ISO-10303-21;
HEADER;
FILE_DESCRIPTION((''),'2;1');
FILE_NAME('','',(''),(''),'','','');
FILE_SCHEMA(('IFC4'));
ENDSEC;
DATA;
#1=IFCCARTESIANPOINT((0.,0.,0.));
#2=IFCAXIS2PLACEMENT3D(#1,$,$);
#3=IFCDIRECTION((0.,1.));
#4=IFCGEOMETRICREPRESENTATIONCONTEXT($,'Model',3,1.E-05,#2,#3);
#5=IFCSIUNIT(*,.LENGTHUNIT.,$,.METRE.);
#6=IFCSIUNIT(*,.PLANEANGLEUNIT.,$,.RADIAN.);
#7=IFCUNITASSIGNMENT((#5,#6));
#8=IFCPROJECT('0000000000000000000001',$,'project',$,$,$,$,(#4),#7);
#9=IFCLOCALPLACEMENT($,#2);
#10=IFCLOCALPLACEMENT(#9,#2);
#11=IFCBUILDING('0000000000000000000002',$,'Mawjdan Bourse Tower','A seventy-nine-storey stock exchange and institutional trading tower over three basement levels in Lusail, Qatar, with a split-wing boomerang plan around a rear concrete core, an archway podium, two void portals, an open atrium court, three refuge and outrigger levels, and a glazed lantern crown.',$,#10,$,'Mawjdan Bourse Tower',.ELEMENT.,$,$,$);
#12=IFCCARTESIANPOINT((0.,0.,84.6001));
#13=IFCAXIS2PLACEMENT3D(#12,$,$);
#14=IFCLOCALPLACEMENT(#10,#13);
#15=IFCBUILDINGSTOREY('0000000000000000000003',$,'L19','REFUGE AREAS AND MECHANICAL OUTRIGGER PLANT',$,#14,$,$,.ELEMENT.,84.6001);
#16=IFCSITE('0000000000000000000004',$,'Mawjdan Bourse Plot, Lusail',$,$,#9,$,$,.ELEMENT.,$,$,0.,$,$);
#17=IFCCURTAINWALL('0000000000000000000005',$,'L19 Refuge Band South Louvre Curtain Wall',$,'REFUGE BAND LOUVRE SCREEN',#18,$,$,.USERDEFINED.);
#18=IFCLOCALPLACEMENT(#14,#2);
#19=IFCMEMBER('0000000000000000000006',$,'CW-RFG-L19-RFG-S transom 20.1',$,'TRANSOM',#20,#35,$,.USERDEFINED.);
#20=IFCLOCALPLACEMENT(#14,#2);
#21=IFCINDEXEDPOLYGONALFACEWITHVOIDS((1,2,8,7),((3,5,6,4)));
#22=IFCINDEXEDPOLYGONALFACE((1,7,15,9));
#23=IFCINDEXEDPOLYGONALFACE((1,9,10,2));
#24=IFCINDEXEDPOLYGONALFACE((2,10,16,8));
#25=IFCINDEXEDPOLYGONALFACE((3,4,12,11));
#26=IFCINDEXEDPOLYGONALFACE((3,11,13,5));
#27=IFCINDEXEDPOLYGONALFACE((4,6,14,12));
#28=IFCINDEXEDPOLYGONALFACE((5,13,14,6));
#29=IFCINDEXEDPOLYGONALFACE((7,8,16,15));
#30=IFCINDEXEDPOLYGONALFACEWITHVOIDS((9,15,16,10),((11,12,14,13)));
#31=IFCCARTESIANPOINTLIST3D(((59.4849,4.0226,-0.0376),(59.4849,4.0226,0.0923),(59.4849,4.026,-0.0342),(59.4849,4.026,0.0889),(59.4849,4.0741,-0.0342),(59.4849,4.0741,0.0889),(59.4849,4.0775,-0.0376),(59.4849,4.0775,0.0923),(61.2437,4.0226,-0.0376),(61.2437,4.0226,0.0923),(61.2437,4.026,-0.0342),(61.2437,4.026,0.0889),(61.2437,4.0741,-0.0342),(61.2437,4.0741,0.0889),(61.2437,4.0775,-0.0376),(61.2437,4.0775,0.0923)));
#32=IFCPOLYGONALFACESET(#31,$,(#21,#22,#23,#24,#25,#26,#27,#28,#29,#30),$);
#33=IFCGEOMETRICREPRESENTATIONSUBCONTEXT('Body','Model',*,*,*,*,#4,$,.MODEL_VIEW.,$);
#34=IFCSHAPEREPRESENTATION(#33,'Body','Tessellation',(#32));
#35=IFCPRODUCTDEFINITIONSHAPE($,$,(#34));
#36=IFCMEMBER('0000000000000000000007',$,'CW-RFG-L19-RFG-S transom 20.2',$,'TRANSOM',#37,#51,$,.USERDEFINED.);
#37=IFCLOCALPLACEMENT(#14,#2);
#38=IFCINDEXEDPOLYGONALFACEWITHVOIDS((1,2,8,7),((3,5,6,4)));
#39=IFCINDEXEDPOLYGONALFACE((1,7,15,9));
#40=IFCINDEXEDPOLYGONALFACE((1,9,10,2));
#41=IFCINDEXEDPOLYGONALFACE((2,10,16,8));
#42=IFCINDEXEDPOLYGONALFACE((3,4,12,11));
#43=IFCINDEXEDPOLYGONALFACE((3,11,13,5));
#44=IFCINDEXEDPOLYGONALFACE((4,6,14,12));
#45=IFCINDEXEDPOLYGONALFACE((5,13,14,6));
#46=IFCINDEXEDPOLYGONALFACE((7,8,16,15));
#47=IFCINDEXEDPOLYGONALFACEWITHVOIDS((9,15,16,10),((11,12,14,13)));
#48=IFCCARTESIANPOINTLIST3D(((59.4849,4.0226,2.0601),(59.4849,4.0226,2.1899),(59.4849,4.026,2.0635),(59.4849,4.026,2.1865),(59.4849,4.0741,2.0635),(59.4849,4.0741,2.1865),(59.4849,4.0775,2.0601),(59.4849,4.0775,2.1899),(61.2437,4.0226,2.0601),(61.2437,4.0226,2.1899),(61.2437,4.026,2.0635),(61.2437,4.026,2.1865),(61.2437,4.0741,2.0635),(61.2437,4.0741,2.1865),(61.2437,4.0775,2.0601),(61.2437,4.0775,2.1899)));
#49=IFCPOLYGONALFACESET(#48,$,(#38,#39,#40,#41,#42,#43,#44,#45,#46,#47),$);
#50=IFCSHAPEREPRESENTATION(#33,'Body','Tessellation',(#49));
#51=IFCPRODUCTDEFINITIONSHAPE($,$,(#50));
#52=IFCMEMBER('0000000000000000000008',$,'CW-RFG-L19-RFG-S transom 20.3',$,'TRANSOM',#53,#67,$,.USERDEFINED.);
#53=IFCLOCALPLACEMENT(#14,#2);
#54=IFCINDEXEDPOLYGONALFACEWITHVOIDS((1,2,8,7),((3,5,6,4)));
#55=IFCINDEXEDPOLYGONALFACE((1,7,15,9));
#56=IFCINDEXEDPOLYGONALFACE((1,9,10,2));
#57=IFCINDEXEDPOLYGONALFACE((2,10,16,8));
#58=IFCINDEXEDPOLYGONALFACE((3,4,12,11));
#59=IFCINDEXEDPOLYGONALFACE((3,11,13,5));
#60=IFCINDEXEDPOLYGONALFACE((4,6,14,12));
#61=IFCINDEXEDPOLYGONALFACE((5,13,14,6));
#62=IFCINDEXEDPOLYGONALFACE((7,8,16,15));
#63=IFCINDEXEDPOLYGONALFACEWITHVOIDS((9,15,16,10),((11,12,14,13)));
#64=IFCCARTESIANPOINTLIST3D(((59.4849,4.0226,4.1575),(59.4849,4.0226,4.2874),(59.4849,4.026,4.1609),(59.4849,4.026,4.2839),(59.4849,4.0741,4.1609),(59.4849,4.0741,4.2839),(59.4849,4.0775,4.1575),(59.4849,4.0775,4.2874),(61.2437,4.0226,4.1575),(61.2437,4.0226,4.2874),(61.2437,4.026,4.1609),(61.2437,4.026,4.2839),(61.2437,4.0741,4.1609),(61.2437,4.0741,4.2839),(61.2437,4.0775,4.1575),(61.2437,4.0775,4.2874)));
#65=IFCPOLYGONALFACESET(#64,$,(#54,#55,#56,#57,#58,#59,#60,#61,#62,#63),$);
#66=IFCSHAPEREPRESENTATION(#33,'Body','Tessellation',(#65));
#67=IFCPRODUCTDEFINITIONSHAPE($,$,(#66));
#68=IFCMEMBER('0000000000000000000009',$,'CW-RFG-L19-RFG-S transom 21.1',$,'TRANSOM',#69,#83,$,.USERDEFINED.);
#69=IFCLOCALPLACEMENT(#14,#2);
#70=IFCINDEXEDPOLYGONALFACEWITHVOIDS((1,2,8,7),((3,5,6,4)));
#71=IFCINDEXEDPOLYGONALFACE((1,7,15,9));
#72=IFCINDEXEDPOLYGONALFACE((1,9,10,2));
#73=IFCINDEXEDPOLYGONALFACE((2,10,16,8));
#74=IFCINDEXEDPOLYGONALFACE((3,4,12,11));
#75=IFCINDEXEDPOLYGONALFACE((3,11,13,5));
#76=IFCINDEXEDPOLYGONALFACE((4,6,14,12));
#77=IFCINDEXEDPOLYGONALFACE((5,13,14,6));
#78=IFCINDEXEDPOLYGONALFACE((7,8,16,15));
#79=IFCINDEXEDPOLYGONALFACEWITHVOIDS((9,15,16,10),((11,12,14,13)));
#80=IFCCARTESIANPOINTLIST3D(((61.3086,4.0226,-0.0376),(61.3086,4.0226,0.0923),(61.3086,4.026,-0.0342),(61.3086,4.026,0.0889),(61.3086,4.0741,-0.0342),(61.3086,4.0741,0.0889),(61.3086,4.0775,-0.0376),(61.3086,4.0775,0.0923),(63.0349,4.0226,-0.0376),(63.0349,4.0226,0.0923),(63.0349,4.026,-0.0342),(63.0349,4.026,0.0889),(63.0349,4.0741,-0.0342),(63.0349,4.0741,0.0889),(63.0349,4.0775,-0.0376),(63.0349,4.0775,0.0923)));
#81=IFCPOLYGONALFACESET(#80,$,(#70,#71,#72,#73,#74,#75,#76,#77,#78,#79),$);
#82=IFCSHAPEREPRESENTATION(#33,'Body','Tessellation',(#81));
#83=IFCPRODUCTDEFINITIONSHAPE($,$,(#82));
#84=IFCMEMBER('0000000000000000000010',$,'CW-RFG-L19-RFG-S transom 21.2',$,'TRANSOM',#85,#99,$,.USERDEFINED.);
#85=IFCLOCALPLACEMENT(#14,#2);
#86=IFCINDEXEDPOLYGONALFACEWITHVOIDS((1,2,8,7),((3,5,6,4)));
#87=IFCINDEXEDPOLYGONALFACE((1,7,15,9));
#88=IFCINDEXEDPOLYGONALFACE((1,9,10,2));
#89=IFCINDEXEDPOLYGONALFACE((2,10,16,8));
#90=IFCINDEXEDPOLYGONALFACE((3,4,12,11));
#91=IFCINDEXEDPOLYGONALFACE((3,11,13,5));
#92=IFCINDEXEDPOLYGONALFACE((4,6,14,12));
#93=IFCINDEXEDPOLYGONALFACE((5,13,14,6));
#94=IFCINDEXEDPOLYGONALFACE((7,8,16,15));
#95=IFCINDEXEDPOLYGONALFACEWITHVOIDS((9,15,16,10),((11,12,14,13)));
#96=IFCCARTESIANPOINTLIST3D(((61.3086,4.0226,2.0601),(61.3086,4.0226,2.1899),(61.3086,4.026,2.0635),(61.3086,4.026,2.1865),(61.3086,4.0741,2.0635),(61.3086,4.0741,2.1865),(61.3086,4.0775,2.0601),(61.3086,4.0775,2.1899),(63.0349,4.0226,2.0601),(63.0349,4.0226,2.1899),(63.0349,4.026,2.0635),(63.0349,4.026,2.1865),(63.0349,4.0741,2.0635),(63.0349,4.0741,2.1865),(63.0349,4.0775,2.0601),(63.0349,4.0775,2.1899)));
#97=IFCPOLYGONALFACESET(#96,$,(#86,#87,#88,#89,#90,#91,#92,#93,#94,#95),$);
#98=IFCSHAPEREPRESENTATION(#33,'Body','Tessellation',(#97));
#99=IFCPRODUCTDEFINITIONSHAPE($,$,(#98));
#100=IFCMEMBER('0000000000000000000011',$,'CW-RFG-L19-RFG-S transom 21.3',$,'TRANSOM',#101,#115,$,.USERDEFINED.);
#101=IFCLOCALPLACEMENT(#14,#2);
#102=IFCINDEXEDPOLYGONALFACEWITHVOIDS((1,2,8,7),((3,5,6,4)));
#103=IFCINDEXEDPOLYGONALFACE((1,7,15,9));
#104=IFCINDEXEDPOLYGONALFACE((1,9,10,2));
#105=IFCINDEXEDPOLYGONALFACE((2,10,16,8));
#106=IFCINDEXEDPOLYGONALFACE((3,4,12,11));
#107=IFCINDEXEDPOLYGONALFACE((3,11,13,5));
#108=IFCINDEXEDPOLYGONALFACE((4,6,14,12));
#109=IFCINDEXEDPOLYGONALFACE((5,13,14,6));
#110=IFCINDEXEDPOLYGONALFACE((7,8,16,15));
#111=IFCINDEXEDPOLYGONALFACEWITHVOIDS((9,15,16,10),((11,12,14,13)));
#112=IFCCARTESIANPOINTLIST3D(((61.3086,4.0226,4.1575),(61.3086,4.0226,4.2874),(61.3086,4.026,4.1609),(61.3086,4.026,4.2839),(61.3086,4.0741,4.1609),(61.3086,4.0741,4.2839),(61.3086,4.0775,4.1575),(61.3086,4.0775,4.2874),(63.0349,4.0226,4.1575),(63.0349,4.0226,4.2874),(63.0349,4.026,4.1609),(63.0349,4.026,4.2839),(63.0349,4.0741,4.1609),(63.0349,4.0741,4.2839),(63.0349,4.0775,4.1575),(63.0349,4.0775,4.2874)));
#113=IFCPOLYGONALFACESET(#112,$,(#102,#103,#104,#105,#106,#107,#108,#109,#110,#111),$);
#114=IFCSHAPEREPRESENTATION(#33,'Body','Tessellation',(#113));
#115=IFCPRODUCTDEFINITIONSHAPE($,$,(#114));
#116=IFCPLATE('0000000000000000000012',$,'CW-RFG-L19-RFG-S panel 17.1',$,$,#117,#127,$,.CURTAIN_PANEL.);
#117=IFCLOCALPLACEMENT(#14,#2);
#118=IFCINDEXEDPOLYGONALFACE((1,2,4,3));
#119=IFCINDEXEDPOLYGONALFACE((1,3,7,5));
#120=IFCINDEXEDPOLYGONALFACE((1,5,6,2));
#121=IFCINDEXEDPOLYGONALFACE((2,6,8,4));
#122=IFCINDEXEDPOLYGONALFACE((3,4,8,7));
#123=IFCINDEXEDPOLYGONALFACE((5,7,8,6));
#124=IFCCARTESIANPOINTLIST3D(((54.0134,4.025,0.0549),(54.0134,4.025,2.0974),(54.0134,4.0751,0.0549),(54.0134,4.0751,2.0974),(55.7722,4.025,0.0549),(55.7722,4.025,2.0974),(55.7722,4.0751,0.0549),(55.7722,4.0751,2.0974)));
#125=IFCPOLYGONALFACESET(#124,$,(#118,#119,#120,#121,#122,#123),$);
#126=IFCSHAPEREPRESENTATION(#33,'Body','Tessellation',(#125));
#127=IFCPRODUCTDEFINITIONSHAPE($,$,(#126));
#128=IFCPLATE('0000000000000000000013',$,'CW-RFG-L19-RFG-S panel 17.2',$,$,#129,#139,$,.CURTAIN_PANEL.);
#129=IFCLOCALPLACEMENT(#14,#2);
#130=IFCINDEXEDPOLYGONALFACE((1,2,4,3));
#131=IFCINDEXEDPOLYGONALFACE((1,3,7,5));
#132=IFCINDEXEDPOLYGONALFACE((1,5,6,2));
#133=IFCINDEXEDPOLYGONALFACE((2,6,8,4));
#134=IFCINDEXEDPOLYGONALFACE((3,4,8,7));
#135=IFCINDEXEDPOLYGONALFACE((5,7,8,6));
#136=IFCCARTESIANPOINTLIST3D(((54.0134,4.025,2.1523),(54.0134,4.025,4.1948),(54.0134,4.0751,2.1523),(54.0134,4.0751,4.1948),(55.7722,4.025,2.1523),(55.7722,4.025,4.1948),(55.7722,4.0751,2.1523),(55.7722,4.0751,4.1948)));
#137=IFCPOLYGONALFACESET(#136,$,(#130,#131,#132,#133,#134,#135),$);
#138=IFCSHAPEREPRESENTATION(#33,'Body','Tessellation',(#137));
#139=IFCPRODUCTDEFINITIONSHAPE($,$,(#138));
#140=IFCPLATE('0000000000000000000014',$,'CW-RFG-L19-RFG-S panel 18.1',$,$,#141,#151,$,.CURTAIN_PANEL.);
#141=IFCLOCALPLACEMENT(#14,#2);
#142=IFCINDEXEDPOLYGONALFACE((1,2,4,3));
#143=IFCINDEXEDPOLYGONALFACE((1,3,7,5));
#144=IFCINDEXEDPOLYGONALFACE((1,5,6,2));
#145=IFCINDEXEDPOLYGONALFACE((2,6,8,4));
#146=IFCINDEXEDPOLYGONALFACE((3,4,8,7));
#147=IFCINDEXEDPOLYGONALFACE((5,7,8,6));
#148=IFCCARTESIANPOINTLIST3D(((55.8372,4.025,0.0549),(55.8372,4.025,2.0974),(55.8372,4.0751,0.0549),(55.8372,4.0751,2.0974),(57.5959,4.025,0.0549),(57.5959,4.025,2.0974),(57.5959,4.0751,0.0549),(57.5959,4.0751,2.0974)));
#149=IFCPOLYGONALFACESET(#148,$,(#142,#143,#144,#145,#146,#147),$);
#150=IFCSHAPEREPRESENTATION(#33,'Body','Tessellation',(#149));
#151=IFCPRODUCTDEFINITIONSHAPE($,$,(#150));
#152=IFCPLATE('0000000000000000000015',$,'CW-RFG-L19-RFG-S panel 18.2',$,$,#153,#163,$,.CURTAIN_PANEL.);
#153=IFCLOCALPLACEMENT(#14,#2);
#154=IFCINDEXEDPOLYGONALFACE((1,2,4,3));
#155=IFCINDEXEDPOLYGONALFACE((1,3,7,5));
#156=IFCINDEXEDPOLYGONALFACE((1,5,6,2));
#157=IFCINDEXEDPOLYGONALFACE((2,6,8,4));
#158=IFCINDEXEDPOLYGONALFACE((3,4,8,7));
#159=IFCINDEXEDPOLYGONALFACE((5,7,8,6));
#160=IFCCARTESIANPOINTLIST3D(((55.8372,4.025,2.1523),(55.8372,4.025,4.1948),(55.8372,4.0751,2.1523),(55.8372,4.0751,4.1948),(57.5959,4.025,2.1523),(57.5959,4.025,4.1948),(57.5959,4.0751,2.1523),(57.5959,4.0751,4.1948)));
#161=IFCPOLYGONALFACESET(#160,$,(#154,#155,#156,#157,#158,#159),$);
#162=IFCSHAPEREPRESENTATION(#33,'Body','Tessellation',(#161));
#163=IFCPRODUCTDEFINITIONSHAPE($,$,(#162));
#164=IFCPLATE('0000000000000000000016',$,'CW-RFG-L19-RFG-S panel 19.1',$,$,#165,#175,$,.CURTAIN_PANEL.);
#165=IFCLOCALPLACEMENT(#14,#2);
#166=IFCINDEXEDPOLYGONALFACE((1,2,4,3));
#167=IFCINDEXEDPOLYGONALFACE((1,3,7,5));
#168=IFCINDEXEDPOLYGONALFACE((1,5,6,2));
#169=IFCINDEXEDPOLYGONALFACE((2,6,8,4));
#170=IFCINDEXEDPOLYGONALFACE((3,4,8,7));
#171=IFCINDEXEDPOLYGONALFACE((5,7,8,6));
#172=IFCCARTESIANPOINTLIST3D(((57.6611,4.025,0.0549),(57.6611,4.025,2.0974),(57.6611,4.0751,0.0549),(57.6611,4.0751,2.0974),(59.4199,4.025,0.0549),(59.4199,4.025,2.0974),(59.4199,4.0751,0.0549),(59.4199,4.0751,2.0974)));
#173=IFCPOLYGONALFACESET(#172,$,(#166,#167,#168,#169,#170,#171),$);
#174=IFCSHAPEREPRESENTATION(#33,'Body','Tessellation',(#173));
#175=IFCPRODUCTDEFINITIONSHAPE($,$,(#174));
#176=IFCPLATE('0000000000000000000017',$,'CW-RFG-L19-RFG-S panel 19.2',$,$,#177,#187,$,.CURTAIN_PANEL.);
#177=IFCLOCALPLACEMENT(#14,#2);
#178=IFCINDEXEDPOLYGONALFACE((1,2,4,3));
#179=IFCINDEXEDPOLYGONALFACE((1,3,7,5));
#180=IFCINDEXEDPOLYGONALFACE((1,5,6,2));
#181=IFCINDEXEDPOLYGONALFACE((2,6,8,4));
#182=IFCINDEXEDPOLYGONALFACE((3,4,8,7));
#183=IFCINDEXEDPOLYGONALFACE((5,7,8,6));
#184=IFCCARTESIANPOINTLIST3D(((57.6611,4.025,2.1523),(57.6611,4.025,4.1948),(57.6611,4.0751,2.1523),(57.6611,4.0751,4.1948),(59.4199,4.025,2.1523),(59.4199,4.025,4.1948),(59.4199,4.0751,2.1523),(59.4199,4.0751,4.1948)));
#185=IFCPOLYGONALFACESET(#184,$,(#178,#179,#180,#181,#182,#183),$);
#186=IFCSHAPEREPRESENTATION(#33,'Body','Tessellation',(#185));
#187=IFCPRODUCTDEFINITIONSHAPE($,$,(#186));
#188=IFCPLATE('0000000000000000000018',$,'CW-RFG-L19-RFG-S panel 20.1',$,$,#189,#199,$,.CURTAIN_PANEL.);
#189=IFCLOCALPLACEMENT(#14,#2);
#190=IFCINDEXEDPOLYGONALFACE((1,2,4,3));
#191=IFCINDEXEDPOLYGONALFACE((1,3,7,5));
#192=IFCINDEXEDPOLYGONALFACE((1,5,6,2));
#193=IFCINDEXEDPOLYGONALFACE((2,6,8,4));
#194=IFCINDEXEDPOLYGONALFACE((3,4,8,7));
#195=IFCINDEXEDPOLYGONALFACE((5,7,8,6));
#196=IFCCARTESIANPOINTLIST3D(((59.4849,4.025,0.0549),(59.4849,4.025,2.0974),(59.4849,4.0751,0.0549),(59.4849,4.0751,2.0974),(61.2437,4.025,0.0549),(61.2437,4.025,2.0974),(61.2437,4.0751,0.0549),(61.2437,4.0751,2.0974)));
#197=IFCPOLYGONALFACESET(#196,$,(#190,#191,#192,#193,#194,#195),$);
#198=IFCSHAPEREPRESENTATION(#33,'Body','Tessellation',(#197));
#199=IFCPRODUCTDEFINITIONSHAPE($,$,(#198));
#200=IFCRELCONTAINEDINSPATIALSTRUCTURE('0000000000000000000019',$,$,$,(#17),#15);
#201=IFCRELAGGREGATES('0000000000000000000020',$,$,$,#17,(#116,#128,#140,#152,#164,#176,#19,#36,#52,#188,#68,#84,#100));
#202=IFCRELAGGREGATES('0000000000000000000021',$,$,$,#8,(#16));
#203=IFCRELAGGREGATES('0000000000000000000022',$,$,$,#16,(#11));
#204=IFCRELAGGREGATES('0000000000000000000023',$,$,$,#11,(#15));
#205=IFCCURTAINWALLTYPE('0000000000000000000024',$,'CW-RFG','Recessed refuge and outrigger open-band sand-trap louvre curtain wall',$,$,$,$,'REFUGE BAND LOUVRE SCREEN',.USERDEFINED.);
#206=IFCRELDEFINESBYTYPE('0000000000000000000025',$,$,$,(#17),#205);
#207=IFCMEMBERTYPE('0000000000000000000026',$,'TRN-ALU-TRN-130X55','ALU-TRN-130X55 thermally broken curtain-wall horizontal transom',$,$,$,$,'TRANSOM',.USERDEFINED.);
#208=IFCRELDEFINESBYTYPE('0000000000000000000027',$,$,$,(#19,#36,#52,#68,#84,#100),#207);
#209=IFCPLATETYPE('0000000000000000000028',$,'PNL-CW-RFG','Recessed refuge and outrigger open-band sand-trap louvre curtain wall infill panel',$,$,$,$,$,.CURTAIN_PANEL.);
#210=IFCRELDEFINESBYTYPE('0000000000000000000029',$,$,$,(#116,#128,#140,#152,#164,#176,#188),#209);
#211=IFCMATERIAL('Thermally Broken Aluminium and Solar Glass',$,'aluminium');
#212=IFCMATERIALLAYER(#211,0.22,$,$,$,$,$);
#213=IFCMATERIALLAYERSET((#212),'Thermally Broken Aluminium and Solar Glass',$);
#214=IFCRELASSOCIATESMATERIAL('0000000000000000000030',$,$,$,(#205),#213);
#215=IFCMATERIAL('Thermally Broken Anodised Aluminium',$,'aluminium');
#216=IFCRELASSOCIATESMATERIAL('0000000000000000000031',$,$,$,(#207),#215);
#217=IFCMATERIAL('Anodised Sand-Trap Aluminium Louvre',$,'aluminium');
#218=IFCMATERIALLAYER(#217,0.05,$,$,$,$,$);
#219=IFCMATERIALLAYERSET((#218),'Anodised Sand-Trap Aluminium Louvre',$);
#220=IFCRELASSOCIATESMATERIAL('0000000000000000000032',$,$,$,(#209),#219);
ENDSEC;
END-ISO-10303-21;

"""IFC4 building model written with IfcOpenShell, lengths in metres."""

from ifc_helpers import new_model, si_unit, direction, frame, origin, origin_2d, place, context, subcontext, project, spatial, rectangle, hollow_rectangle, extrude, material, layer, layer_set, material_profile, profile_set, type_object, element, aggregate, save


model = new_model("IFC4")

# Units and contexts
model_context = context("Model", 3, precision=1e-05, world=origin(), true_north=direction((0.0, 1.0)))
body_context = subcontext(model_context, "Body", "Model", "MODEL_VIEW")
ifc_project = project(units=[si_unit("LENGTHUNIT", "METRE"), si_unit("PLANEANGLEUNIT", "RADIAN")], contexts=[model_context])

# Site, building, storey
site_placement = place(None, origin())
site = spatial("IfcSite", under=ifc_project, at=site_placement, Name="Mawjdan Bourse Plot, Lusail", CompositionType="ELEMENT", RefElevation=0.0)
building_placement = place(site_placement, origin())
building = spatial("IfcBuilding", under=site, at=building_placement, Name="Mawjdan Bourse Tower", Description="A seventy-nine-storey stock exchange and institutional trading tower over three basement levels in Lusail, Qatar, with a split-wing boomerang plan around a rear concrete core, an archway podium, two void portals, an open atrium court, three refuge and outrigger levels, and a glazed lantern crown.", LongName="Mawjdan Bourse Tower", CompositionType="ELEMENT")
storey_placement = place(building_placement, frame((0.0, 0.0, 84.6001)))
storey = spatial("IfcBuildingStorey", under=building, at=storey_placement, Name="L19", Description="REFUGE AREAS AND MECHANICAL OUTRIGGER PLANT", CompositionType="ELEMENT", Elevation=84.6001)

# Curtain wall
ifc_material_1 = material(Name="Thermally Broken Aluminium and Solar Glass", Category="aluminium")
ifc_layer_1 = layer(ifc_material_1, 0.22)
ifc_layer_set_1 = layer_set([ifc_layer_1], Name="Thermally Broken Aluminium and Solar Glass")
curtain_wall_type = type_object("IfcCurtainWallType", Name="CW-RFG", Description="Recessed refuge and outrigger open-band sand-trap louvre curtain wall", ElementType="REFUGE BAND LOUVRE SCREEN", PredefinedType="USERDEFINED", material=ifc_layer_set_1)
curtain_wall_placement = place(storey_placement, origin())
curtain_wall = element("IfcCurtainWall", 1, at=curtain_wall_placement, inside=storey, type_object=curtain_wall_type, Name="L19 Refuge Band South Louvre Curtain Wall", ObjectType="REFUGE BAND LOUVRE SCREEN", PredefinedType="USERDEFINED")
ifc_material_2 = material(Name="Thermally Broken Anodised Aluminium", Category="aluminium")

# Members
ifc_material_profile_1 = material_profile(ifc_material_2, hollow_rectangle(XDim=0.0549, YDim=0.1299, WallThickness=0.0034, at=origin_2d()), Name="ALU-TRN-130X55")
ifc_profile_set_1 = profile_set([ifc_material_profile_1], Name="Thermally Broken Anodised Aluminium")
member_type_1 = type_object("IfcMemberType", Name="TRN-ALU-TRN-130X55", Description="ALU-TRN-130X55 thermally broken curtain-wall horizontal transom", ElementType="TRANSOM", PredefinedType="USERDEFINED", material=ifc_profile_set_1)
member_1_placement = place(storey_placement, frame((59.4849, 4.05, 0.0273), z_axis=(1.0, 0.0, 0.0), x_axis=(0.0, 1.0, 0.0)))
member_1 = element("IfcMember", 2, at=member_1_placement, type_object=member_type_1, Name="CW-RFG-L19-RFG-S transom 20.1", ObjectType="TRANSOM", PredefinedType="USERDEFINED", context=body_context, shape_type="SweptSolid", body=[
    extrude(hollow_rectangle(XDim=0.0549, YDim=0.1299, WallThickness=0.0034, at=origin_2d()), origin(), (0.0, 0.0, 1.0), 1.7588),
])
member_2_placement = place(storey_placement, frame((59.4849, 4.05, 2.125), z_axis=(1.0, 0.0, 0.0), x_axis=(0.0, 1.0, 0.0)))
member_2 = element("IfcMember", 3, at=member_2_placement, type_object=member_type_1, Name="CW-RFG-L19-RFG-S transom 20.2", ObjectType="TRANSOM", PredefinedType="USERDEFINED", context=body_context, shape_type="SweptSolid", body=[
    extrude(hollow_rectangle(XDim=0.0549, YDim=0.1299, WallThickness=0.0034, at=origin_2d()), origin(), (0.0, 0.0, 1.0), 1.7588),
])
member_3_placement = place(storey_placement, frame((59.4849, 4.05, 4.2224), z_axis=(1.0, 0.0, 0.0), x_axis=(0.0, 1.0, 0.0)))
member_3 = element("IfcMember", 4, at=member_3_placement, type_object=member_type_1, Name="CW-RFG-L19-RFG-S transom 20.3", ObjectType="TRANSOM", PredefinedType="USERDEFINED", context=body_context, shape_type="SweptSolid", body=[
    extrude(hollow_rectangle(XDim=0.0549, YDim=0.1299, WallThickness=0.0034, at=origin_2d()), origin(), (0.0, 0.0, 1.0), 1.7588),
])
member_4_placement = place(storey_placement, frame((61.3086, 4.05, 0.0273), z_axis=(1.0, 0.0, 0.0), x_axis=(0.0, 1.0, 0.0)))
member_4 = element("IfcMember", 5, at=member_4_placement, type_object=member_type_1, Name="CW-RFG-L19-RFG-S transom 21.1", ObjectType="TRANSOM", PredefinedType="USERDEFINED", context=body_context, shape_type="SweptSolid", body=[
    extrude(hollow_rectangle(XDim=0.0549, YDim=0.1299, WallThickness=0.0034, at=origin_2d()), origin(), (0.0, 0.0, 1.0), 1.7263),
])
member_5_placement = place(storey_placement, frame((61.3086, 4.05, 2.125), z_axis=(1.0, 0.0, 0.0), x_axis=(0.0, 1.0, 0.0)))
member_5 = element("IfcMember", 6, at=member_5_placement, type_object=member_type_1, Name="CW-RFG-L19-RFG-S transom 21.2", ObjectType="TRANSOM", PredefinedType="USERDEFINED", context=body_context, shape_type="SweptSolid", body=[
    extrude(hollow_rectangle(XDim=0.0549, YDim=0.1299, WallThickness=0.0034, at=origin_2d()), origin(), (0.0, 0.0, 1.0), 1.7263),
])
member_6_placement = place(storey_placement, frame((61.3086, 4.05, 4.2224), z_axis=(1.0, 0.0, 0.0), x_axis=(0.0, 1.0, 0.0)))
member_6 = element("IfcMember", 7, at=member_6_placement, type_object=member_type_1, Name="CW-RFG-L19-RFG-S transom 21.3", ObjectType="TRANSOM", PredefinedType="USERDEFINED", context=body_context, shape_type="SweptSolid", body=[
    extrude(hollow_rectangle(XDim=0.0549, YDim=0.1299, WallThickness=0.0034, at=origin_2d()), origin(), (0.0, 0.0, 1.0), 1.7263),
])

# Plates
ifc_material_3 = material(Name="Anodised Sand-Trap Aluminium Louvre", Category="aluminium")
ifc_layer_2 = layer(ifc_material_3, 0.05)
ifc_layer_set_2 = layer_set([ifc_layer_2], Name="Anodised Sand-Trap Aluminium Louvre")
plate_type = type_object("IfcPlateType", Name="PNL-CW-RFG", Description="Recessed refuge and outrigger open-band sand-trap louvre curtain wall infill panel", PredefinedType="CURTAIN_PANEL", material=ifc_layer_set_2)
plate_1_placement = place(storey_placement, frame((54.8928, 4.05, 0.0549), z_axis=(0.0, 0.0, 1.0), x_axis=(1.0, 0.0, 0.0)))
plate_1 = element("IfcPlate", 8, at=plate_1_placement, type_object=plate_type, Name="CW-RFG-L19-RFG-S panel 17.1", PredefinedType="CURTAIN_PANEL", context=body_context, shape_type="SweptSolid", body=[
    extrude(rectangle(XDim=1.7588, YDim=0.05, at=origin_2d()), origin(), (0.0, 0.0, 1.0), 2.0425),
])
plate_2_placement = place(storey_placement, frame((54.8928, 4.05, 2.1523), z_axis=(0.0, 0.0, 1.0), x_axis=(1.0, 0.0, 0.0)))
plate_2 = element("IfcPlate", 9, at=plate_2_placement, type_object=plate_type, Name="CW-RFG-L19-RFG-S panel 17.2", PredefinedType="CURTAIN_PANEL", context=body_context, shape_type="SweptSolid", body=[
    extrude(rectangle(XDim=1.7588, YDim=0.05, at=origin_2d()), origin(), (0.0, 0.0, 1.0), 2.0425),
])
plate_3_placement = place(storey_placement, frame((56.7166, 4.05, 0.0549), z_axis=(0.0, 0.0, 1.0), x_axis=(1.0, 0.0, 0.0)))
plate_3 = element("IfcPlate", 10, at=plate_3_placement, type_object=plate_type, Name="CW-RFG-L19-RFG-S panel 18.1", PredefinedType="CURTAIN_PANEL", context=body_context, shape_type="SweptSolid", body=[
    extrude(rectangle(XDim=1.7588, YDim=0.05, at=origin_2d()), origin(), (0.0, 0.0, 1.0), 2.0425),
])
plate_4_placement = place(storey_placement, frame((56.7166, 4.05, 2.1523), z_axis=(0.0, 0.0, 1.0), x_axis=(1.0, 0.0, 0.0)))
plate_4 = element("IfcPlate", 11, at=plate_4_placement, type_object=plate_type, Name="CW-RFG-L19-RFG-S panel 18.2", PredefinedType="CURTAIN_PANEL", context=body_context, shape_type="SweptSolid", body=[
    extrude(rectangle(XDim=1.7588, YDim=0.05, at=origin_2d()), origin(), (0.0, 0.0, 1.0), 2.0425),
])
plate_5_placement = place(storey_placement, frame((58.5405, 4.05, 0.0549), z_axis=(0.0, 0.0, 1.0), x_axis=(1.0, 0.0, 0.0)))
plate_5 = element("IfcPlate", 12, at=plate_5_placement, type_object=plate_type, Name="CW-RFG-L19-RFG-S panel 19.1", PredefinedType="CURTAIN_PANEL", context=body_context, shape_type="SweptSolid", body=[
    extrude(rectangle(XDim=1.7588, YDim=0.05, at=origin_2d()), origin(), (0.0, 0.0, 1.0), 2.0425),
])
plate_6_placement = place(storey_placement, frame((58.5405, 4.05, 2.1523), z_axis=(0.0, 0.0, 1.0), x_axis=(1.0, 0.0, 0.0)))
plate_6 = element("IfcPlate", 13, at=plate_6_placement, type_object=plate_type, Name="CW-RFG-L19-RFG-S panel 19.2", PredefinedType="CURTAIN_PANEL", context=body_context, shape_type="SweptSolid", body=[
    extrude(rectangle(XDim=1.7588, YDim=0.05, at=origin_2d()), origin(), (0.0, 0.0, 1.0), 2.0425),
])
plate_7_placement = place(storey_placement, frame((60.3643, 4.05, 0.0549), z_axis=(0.0, 0.0, 1.0), x_axis=(1.0, 0.0, 0.0)))
plate_7 = element("IfcPlate", 14, at=plate_7_placement, type_object=plate_type, Name="CW-RFG-L19-RFG-S panel 20.1", PredefinedType="CURTAIN_PANEL", context=body_context, shape_type="SweptSolid", body=[
    extrude(rectangle(XDim=1.7588, YDim=0.05, at=origin_2d()), origin(), (0.0, 0.0, 1.0), 2.0425),
])
aggregate(curtain_wall, [plate_1, plate_2, plate_3, plate_4, plate_5, plate_6, member_1, member_2, member_3, plate_7, member_4, member_5, member_6])

save(model, "model.ifc")
